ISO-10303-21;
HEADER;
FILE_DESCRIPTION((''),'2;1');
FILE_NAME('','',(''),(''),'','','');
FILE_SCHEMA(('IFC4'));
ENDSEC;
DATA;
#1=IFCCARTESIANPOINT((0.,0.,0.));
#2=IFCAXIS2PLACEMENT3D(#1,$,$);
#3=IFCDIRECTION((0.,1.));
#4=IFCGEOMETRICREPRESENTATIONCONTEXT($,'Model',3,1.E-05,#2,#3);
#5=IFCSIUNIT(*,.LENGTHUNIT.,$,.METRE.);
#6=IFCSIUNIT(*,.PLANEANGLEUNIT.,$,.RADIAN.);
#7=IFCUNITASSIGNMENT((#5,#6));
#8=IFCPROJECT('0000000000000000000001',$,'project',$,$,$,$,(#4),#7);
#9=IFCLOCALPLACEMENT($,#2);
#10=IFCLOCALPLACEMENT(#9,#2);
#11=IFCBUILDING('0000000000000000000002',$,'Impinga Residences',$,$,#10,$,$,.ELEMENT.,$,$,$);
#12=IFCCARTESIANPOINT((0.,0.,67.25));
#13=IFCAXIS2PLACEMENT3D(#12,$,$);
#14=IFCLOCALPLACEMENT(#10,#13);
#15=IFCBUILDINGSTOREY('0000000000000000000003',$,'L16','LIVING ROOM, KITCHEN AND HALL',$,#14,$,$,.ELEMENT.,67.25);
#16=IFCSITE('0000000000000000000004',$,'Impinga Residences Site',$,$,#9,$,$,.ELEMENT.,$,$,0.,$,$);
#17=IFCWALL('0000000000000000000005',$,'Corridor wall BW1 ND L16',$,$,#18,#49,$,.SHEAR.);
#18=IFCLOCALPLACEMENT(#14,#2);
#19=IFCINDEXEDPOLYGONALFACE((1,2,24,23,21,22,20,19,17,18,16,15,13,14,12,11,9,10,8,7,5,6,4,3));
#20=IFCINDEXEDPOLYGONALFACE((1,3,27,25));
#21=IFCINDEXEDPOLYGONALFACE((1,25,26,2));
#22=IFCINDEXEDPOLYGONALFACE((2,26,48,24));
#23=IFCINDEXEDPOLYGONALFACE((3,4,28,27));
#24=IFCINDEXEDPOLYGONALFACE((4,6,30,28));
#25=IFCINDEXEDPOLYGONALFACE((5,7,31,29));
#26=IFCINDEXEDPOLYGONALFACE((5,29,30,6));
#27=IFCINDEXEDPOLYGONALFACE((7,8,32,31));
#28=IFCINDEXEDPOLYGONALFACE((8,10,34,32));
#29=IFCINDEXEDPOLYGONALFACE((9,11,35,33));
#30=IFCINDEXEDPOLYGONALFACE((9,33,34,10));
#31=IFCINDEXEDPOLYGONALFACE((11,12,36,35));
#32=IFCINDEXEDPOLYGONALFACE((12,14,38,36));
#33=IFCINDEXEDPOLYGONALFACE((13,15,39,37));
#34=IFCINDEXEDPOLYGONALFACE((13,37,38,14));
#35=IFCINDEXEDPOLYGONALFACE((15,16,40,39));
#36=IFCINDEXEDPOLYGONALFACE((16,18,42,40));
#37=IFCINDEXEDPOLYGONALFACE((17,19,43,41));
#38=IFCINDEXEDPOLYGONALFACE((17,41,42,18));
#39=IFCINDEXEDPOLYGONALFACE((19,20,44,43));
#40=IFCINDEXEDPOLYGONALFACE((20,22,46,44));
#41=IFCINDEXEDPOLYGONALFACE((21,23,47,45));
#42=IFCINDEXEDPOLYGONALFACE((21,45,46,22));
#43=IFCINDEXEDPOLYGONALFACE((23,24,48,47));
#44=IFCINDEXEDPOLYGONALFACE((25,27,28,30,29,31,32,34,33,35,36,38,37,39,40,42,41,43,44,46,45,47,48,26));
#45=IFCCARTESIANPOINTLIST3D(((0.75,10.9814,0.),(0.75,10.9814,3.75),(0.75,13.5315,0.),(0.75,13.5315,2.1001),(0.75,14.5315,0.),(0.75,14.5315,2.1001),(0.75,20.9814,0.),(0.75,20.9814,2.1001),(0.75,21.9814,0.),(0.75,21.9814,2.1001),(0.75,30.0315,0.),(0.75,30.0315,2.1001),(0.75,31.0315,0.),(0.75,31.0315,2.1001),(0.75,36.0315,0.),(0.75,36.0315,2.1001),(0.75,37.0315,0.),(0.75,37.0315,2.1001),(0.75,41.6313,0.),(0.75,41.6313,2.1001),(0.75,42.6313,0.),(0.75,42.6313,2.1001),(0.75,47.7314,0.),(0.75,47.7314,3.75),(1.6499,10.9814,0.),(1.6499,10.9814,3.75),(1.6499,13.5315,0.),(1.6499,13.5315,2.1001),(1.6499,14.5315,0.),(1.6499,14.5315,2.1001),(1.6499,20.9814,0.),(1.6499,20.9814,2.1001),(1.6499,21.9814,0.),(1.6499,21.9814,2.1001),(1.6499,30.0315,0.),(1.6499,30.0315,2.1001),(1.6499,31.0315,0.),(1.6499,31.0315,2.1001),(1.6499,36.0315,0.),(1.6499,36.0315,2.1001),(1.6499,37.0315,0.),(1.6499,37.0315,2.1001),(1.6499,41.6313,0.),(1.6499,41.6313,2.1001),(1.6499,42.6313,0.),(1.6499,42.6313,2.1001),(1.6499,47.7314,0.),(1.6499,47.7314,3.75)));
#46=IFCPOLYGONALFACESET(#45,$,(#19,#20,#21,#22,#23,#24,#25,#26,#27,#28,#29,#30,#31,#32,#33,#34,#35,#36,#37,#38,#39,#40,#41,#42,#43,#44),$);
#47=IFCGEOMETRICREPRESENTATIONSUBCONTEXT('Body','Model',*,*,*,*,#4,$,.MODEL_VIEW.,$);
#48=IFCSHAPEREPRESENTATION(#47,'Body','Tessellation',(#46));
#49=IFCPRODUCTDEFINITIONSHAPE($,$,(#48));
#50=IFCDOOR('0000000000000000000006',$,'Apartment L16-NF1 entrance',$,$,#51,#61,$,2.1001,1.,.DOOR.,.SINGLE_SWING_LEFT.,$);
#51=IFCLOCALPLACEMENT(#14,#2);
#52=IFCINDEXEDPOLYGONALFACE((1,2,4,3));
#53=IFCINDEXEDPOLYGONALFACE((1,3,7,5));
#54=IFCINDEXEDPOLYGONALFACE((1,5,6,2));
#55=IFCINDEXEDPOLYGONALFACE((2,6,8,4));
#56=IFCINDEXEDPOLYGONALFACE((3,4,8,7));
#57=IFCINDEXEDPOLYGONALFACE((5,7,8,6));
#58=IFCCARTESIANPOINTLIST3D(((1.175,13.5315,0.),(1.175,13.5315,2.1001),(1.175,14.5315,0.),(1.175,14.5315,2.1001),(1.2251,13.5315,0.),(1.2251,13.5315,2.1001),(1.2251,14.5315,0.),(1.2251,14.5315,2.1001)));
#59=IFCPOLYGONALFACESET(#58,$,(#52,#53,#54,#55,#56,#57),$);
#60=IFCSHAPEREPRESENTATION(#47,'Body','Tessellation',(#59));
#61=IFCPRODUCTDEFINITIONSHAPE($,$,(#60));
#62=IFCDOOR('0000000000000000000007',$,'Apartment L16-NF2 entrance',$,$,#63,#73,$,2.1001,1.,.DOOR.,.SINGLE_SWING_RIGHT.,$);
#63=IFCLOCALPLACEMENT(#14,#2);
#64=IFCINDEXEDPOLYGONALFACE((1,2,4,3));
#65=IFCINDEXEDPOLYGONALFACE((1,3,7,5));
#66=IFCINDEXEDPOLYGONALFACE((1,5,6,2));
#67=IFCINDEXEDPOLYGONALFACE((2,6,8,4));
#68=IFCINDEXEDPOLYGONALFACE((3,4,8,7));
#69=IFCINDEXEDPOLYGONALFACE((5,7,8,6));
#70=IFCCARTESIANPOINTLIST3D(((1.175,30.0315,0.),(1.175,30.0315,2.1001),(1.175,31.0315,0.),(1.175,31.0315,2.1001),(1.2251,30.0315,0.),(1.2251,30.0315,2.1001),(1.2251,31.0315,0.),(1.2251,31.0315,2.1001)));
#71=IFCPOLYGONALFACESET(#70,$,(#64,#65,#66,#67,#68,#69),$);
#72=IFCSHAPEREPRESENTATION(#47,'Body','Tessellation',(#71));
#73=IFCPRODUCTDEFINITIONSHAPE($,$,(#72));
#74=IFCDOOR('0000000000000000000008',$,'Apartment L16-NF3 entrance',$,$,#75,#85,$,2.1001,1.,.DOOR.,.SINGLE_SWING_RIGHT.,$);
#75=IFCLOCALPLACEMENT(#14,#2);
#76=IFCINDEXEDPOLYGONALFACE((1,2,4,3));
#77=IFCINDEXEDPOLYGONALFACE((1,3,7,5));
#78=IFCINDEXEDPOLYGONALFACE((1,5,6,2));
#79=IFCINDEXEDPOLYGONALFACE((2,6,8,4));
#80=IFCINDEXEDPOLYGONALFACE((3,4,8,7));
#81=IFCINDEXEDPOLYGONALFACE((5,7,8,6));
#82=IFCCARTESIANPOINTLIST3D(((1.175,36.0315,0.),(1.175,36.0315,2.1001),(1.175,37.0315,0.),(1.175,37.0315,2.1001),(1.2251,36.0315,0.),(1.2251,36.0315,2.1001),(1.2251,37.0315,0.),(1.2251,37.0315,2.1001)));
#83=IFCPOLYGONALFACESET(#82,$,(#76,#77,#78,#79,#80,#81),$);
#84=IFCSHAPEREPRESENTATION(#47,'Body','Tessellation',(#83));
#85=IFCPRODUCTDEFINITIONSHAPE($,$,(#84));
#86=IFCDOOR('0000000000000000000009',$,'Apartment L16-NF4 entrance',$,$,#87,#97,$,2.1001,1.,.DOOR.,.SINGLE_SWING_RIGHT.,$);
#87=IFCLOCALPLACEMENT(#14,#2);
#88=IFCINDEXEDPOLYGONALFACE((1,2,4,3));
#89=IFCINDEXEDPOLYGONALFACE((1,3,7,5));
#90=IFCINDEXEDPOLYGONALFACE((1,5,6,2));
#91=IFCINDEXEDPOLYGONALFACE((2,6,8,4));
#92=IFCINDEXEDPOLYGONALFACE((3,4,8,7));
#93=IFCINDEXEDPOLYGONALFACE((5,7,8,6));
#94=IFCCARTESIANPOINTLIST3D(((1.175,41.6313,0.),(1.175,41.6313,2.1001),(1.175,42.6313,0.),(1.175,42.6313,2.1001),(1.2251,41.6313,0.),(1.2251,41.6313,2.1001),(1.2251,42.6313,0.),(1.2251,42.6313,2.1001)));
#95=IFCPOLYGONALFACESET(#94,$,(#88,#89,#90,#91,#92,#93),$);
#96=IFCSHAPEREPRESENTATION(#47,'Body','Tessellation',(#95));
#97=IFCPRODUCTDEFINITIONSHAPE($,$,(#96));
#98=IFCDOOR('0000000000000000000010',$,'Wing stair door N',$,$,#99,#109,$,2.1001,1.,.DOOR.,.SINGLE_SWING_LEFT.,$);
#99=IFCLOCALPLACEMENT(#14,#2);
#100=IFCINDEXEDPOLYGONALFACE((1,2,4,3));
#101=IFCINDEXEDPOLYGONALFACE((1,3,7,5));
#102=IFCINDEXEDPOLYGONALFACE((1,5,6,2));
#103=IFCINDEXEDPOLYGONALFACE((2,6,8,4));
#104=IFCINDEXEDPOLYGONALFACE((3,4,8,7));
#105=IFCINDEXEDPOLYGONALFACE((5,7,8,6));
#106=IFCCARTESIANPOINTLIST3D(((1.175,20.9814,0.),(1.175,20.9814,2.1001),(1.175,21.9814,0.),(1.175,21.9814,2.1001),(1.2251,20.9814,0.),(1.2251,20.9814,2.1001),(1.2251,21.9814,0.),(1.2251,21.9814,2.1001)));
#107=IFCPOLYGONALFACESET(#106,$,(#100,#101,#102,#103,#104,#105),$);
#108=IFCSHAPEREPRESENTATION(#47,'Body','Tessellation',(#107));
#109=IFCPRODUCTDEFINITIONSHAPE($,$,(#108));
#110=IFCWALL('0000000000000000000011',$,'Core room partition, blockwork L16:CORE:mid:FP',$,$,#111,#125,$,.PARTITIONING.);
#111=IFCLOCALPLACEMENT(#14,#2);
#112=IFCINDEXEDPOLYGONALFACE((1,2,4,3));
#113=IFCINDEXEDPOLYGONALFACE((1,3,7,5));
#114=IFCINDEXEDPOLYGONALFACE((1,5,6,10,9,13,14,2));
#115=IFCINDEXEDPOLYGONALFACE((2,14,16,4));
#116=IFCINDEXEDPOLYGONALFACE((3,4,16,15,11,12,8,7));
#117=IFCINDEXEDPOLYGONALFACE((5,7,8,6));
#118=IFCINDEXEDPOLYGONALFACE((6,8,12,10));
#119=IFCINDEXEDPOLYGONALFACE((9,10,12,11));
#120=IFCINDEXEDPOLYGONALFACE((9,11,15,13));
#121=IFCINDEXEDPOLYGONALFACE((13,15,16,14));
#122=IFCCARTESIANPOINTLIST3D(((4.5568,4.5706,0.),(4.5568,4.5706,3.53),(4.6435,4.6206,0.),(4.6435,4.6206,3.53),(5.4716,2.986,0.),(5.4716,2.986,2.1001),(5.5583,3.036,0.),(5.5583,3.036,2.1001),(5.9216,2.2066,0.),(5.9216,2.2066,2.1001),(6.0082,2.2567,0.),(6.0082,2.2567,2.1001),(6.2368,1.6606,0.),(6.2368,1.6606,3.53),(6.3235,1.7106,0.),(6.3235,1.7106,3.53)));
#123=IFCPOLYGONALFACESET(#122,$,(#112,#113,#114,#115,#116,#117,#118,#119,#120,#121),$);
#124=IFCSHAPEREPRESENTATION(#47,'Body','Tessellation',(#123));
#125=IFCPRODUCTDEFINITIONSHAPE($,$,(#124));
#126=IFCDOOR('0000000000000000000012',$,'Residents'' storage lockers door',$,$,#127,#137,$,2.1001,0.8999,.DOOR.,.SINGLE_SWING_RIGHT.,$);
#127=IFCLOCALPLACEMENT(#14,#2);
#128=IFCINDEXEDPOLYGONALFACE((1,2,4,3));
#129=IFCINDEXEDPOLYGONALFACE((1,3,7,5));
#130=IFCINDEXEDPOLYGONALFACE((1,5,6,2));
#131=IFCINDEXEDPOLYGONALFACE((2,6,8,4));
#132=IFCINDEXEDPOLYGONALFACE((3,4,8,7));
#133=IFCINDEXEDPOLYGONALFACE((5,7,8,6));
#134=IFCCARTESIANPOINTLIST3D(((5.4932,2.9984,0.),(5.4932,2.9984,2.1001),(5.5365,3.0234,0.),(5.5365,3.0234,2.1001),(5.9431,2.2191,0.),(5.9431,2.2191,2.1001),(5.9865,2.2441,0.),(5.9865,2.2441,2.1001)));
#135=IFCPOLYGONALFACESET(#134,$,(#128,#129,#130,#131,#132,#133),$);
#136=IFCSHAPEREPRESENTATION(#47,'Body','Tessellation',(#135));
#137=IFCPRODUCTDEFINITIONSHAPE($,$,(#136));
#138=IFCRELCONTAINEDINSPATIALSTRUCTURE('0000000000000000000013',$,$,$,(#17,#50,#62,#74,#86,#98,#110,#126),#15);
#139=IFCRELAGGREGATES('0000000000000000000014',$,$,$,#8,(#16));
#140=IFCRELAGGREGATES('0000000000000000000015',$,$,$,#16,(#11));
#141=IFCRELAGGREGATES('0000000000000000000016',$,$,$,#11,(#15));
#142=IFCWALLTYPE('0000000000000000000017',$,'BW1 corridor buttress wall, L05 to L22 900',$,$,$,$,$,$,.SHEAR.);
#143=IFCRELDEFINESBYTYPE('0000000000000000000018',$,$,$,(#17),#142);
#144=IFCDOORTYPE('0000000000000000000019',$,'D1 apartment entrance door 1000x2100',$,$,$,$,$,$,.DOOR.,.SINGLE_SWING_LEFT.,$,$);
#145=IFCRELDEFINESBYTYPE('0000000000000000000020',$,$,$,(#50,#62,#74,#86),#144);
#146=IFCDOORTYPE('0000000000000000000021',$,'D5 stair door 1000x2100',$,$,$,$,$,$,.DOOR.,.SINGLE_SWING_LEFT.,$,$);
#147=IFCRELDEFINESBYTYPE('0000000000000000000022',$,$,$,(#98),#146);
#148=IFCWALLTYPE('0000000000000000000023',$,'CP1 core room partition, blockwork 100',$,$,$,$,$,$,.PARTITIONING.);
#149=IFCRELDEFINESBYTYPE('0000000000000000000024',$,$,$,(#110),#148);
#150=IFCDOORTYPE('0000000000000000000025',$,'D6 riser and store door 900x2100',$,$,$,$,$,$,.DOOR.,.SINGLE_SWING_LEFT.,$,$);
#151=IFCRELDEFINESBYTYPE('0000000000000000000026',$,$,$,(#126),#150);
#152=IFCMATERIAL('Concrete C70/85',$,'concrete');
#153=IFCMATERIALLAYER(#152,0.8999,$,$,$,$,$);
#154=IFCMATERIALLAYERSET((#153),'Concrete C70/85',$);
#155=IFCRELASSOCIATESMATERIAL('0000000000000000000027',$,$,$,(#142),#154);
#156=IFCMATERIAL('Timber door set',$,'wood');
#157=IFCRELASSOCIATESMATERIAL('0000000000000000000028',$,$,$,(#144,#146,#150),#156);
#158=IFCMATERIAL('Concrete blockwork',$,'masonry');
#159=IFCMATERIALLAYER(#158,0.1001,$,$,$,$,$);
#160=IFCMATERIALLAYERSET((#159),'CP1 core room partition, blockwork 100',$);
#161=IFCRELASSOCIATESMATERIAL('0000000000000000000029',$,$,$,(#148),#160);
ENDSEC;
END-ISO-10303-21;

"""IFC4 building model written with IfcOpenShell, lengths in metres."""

from ifc_helpers import new_model, si_unit, direction, frame, frame_2d, origin, place, context, subcontext, project, spatial, rectangle, extrude, material, layer, layer_set, type_object, element, fill, save


model = new_model("IFC4")

# Units and contexts
model_context = context("Model", 3, precision=1e-05, world=origin(), true_north=direction((0.0, 1.0)))
body_context = subcontext(model_context, "Body", "Model", "MODEL_VIEW")
ifc_project = project(units=[si_unit("LENGTHUNIT", "METRE"), si_unit("PLANEANGLEUNIT", "RADIAN")], contexts=[model_context])

# Site, building, storey
site_placement = place(None, origin())
site = spatial("IfcSite", under=ifc_project, at=site_placement, Name="Impinga Residences Site", CompositionType="ELEMENT", RefElevation=0.0)
building_placement = place(site_placement, origin())
building = spatial("IfcBuilding", under=site, at=building_placement, Name="Impinga Residences", CompositionType="ELEMENT")
storey_placement = place(building_placement, frame((0.0, 0.0, 67.25)))
storey = spatial("IfcBuildingStorey", under=building, at=storey_placement, Name="L16", Description="LIVING ROOM, KITCHEN AND HALL", CompositionType="ELEMENT", Elevation=67.25)

# Wall, openings, doors
ifc_material_1 = material(Name="Concrete C70/85", Category="concrete")
ifc_layer_1 = layer(ifc_material_1, 0.8999)
ifc_layer_set_1 = layer_set([ifc_layer_1], Name="Concrete C70/85")
wall_type_1 = type_object("IfcWallType", Name="BW1 corridor buttress wall, L05 to L22 900", PredefinedType="SHEAR", material=ifc_layer_set_1)
wall_1_placement = place(storey_placement, frame((1.2, 10.9814, 0.0), z_axis=(0.0, 0.0, 1.0), x_axis=(0.0, 1.0, 0.0)))
wall_1 = element("IfcWall", 1, at=wall_1_placement, inside=storey, type_object=wall_type_1, Name="Corridor wall BW1 ND L16", PredefinedType="SHEAR", context=body_context, shape_type="SweptSolid", body=[
    extrude(rectangle(XDim=36.75, YDim=0.8999, at=frame_2d((18.375, 0.0))), origin(), (0.0, 0.0, 1.0), 3.75),
])
opening_1_placement = place(wall_1_placement, frame((10.0, 0.0, 0.0)))
opening_1 = element("IfcOpeningElement", 2, at=opening_1_placement, cuts=wall_1, PredefinedType="OPENING", context=body_context, shape_type="SweptSolid", body=[
    extrude(rectangle(XDim=1.0, YDim=2.1001, at=frame_2d((0.5, 1.05))), frame((0.0, 0.46, 0.0), z_axis=(0.0, -1.0, 0.0), x_axis=(1.0, 0.0, 0.0)), (0.0, 0.0, 1.0), 0.9199),
])
opening_2_placement = place(wall_1_placement, frame((2.55, 0.0, 0.0)))
opening_2 = element("IfcOpeningElement", 3, at=opening_2_placement, cuts=wall_1, PredefinedType="OPENING", context=body_context, shape_type="SweptSolid", body=[
    extrude(rectangle(XDim=1.0, YDim=2.1001, at=frame_2d((0.5, 1.05))), frame((0.0, 0.46, 0.0), z_axis=(0.0, -1.0, 0.0), x_axis=(1.0, 0.0, 0.0)), (0.0, 0.0, 1.0), 0.9199),
])
opening_3_placement = place(wall_1_placement, frame((19.05, 0.0, 0.0)))
opening_3 = element("IfcOpeningElement", 4, at=opening_3_placement, cuts=wall_1, PredefinedType="OPENING", context=body_context, shape_type="SweptSolid", body=[
    extrude(rectangle(XDim=1.0, YDim=2.1001, at=frame_2d((0.5, 1.05))), frame((0.0, 0.46, 0.0), z_axis=(0.0, -1.0, 0.0), x_axis=(1.0, 0.0, 0.0)), (0.0, 0.0, 1.0), 0.9199),
])
opening_4_placement = place(wall_1_placement, frame((25.05, 0.0, 0.0)))
opening_4 = element("IfcOpeningElement", 5, at=opening_4_placement, cuts=wall_1, PredefinedType="OPENING", context=body_context, shape_type="SweptSolid", body=[
    extrude(rectangle(XDim=1.0, YDim=2.1001, at=frame_2d((0.5, 1.05))), frame((0.0, 0.46, 0.0), z_axis=(0.0, -1.0, 0.0), x_axis=(1.0, 0.0, 0.0)), (0.0, 0.0, 1.0), 0.9199),
])
opening_5_placement = place(wall_1_placement, frame((30.6499, 0.0, 0.0)))
opening_5 = element("IfcOpeningElement", 6, at=opening_5_placement, cuts=wall_1, PredefinedType="OPENING", context=body_context, shape_type="SweptSolid", body=[
    extrude(rectangle(XDim=1.0, YDim=2.1001, at=frame_2d((0.5, 1.05))), frame((0.0, 0.46, 0.0), z_axis=(0.0, -1.0, 0.0), x_axis=(1.0, 0.0, 0.0)), (0.0, 0.0, 1.0), 0.9199),
])
ifc_material_2 = material(Name="Timber door set", Category="wood")
door_type_1 = type_object("IfcDoorType", Name="D1 apartment entrance door 1000x2100", OperationType="SINGLE_SWING_LEFT", PredefinedType="DOOR", material=ifc_material_2)
door_1_placement = place(opening_2_placement, origin())
door_1 = element("IfcDoor", 7, at=door_1_placement, inside=storey, type_object=door_type_1, Name="Apartment L16-NF1 entrance", OperationType="SINGLE_SWING_LEFT", OverallHeight=2.1001, OverallWidth=1.0, PredefinedType="DOOR", context=body_context, shape_type="SweptSolid", body=[
    extrude(rectangle(XDim=1.0, YDim=2.1001, at=frame_2d((0.5, 1.05))), frame((0.0, 0.0249, 0.0), z_axis=(0.0, -1.0, 0.0), x_axis=(1.0, 0.0, 0.0)), (0.0, 0.0, 1.0), 0.05),
])
fill(opening_2, door_1)
door_2_placement = place(opening_3_placement, origin())
door_2 = element("IfcDoor", 8, at=door_2_placement, inside=storey, type_object=door_type_1, Name="Apartment L16-NF2 entrance", OperationType="SINGLE_SWING_RIGHT", OverallHeight=2.1001, OverallWidth=1.0, PredefinedType="DOOR", context=body_context, shape_type="SweptSolid", body=[
    extrude(rectangle(XDim=1.0, YDim=2.1001, at=frame_2d((0.5, 1.05))), frame((0.0, 0.0249, 0.0), z_axis=(0.0, -1.0, 0.0), x_axis=(1.0, 0.0, 0.0)), (0.0, 0.0, 1.0), 0.05),
])
fill(opening_3, door_2)
door_3_placement = place(opening_4_placement, origin())
door_3 = element("IfcDoor", 9, at=door_3_placement, inside=storey, type_object=door_type_1, Name="Apartment L16-NF3 entrance", OperationType="SINGLE_SWING_RIGHT", OverallHeight=2.1001, OverallWidth=1.0, PredefinedType="DOOR", context=body_context, shape_type="SweptSolid", body=[
    extrude(rectangle(XDim=1.0, YDim=2.1001, at=frame_2d((0.5, 1.05))), frame((0.0, 0.0249, 0.0), z_axis=(0.0, -1.0, 0.0), x_axis=(1.0, 0.0, 0.0)), (0.0, 0.0, 1.0), 0.05),
])
fill(opening_4, door_3)
door_4_placement = place(opening_5_placement, origin())
door_4 = element("IfcDoor", 10, at=door_4_placement, inside=storey, type_object=door_type_1, Name="Apartment L16-NF4 entrance", OperationType="SINGLE_SWING_RIGHT", OverallHeight=2.1001, OverallWidth=1.0, PredefinedType="DOOR", context=body_context, shape_type="SweptSolid", body=[
    extrude(rectangle(XDim=1.0, YDim=2.1001, at=frame_2d((0.5, 1.05))), frame((0.0, 0.0249, 0.0), z_axis=(0.0, -1.0, 0.0), x_axis=(1.0, 0.0, 0.0)), (0.0, 0.0, 1.0), 0.05),
])
fill(opening_5, door_4)
door_type_2 = type_object("IfcDoorType", Name="D5 stair door 1000x2100", OperationType="SINGLE_SWING_LEFT", PredefinedType="DOOR", material=ifc_material_2)
door_5_placement = place(opening_1_placement, origin())
door_5 = element("IfcDoor", 11, at=door_5_placement, inside=storey, type_object=door_type_2, Name="Wing stair door N", OperationType="SINGLE_SWING_LEFT", OverallHeight=2.1001, OverallWidth=1.0, PredefinedType="DOOR", context=body_context, shape_type="SweptSolid", body=[
    extrude(rectangle(XDim=1.0, YDim=2.1001, at=frame_2d((0.5, 1.05))), frame((0.0, 0.0249, 0.0), z_axis=(0.0, -1.0, 0.0), x_axis=(1.0, 0.0, 0.0)), (0.0, 0.0, 1.0), 0.05),
])
fill(opening_1, door_5)

# Wall, opening, door
ifc_material_3 = material(Name="Concrete blockwork", Category="masonry")
ifc_layer_2 = layer(ifc_material_3, 0.1001)
ifc_layer_set_2 = layer_set([ifc_layer_2], Name="CP1 core room partition, blockwork 100")
wall_type_2 = type_object("IfcWallType", Name="CP1 core room partition, blockwork 100", PredefinedType="PARTITIONING", material=ifc_layer_set_2)
wall_2_placement = place(storey_placement, frame((4.6001, 4.5957, 0.0), z_axis=(0.0, 0.0, 1.0), x_axis=(0.499976, -0.866039, 0.0)))
wall_2 = element("IfcWall", 12, at=wall_2_placement, inside=storey, type_object=wall_type_2, Name="Core room partition, blockwork L16:CORE:mid:FP", PredefinedType="PARTITIONING", context=body_context, shape_type="SweptSolid", body=[
    extrude(rectangle(XDim=3.3601, YDim=0.1001, at=frame_2d((1.6802, 0.0))), origin(), (0.0, 0.0, 1.0), 3.53),
])
opening_6_placement = place(wall_2_placement, frame((1.8298, 0.0, 0.0)))
opening_6 = element("IfcOpeningElement", 13, at=opening_6_placement, cuts=wall_2, PredefinedType="OPENING", context=body_context, shape_type="SweptSolid", body=[
    extrude(rectangle(XDim=0.8999, YDim=2.1001, at=frame_2d((0.45, 1.05))), frame((0.0, 0.0601, 0.0), z_axis=(0.0, -1.0, 0.0), x_axis=(1.0, 0.0, 0.0)), (0.0, 0.0, 1.0), 0.1201),
])
door_type_3 = type_object("IfcDoorType", Name="D6 riser and store door 900x2100", OperationType="SINGLE_SWING_LEFT", PredefinedType="DOOR", material=ifc_material_2)
door_6_placement = place(opening_6_placement, origin())
door_6 = element("IfcDoor", 14, at=door_6_placement, inside=storey, type_object=door_type_3, Name="Residents' storage lockers door", OperationType="SINGLE_SWING_RIGHT", OverallHeight=2.1001, OverallWidth=0.8999, PredefinedType="DOOR", context=body_context, shape_type="SweptSolid", body=[
    extrude(rectangle(XDim=0.8999, YDim=2.1001, at=frame_2d((0.45, 1.05))), frame((0.0, 0.0249, 0.0), z_axis=(0.0, -1.0, 0.0), x_axis=(1.0, 0.0, 0.0)), (0.0, 0.0, 1.0), 0.05),
])
fill(opening_6, door_6)

save(model, "model.ifc")
